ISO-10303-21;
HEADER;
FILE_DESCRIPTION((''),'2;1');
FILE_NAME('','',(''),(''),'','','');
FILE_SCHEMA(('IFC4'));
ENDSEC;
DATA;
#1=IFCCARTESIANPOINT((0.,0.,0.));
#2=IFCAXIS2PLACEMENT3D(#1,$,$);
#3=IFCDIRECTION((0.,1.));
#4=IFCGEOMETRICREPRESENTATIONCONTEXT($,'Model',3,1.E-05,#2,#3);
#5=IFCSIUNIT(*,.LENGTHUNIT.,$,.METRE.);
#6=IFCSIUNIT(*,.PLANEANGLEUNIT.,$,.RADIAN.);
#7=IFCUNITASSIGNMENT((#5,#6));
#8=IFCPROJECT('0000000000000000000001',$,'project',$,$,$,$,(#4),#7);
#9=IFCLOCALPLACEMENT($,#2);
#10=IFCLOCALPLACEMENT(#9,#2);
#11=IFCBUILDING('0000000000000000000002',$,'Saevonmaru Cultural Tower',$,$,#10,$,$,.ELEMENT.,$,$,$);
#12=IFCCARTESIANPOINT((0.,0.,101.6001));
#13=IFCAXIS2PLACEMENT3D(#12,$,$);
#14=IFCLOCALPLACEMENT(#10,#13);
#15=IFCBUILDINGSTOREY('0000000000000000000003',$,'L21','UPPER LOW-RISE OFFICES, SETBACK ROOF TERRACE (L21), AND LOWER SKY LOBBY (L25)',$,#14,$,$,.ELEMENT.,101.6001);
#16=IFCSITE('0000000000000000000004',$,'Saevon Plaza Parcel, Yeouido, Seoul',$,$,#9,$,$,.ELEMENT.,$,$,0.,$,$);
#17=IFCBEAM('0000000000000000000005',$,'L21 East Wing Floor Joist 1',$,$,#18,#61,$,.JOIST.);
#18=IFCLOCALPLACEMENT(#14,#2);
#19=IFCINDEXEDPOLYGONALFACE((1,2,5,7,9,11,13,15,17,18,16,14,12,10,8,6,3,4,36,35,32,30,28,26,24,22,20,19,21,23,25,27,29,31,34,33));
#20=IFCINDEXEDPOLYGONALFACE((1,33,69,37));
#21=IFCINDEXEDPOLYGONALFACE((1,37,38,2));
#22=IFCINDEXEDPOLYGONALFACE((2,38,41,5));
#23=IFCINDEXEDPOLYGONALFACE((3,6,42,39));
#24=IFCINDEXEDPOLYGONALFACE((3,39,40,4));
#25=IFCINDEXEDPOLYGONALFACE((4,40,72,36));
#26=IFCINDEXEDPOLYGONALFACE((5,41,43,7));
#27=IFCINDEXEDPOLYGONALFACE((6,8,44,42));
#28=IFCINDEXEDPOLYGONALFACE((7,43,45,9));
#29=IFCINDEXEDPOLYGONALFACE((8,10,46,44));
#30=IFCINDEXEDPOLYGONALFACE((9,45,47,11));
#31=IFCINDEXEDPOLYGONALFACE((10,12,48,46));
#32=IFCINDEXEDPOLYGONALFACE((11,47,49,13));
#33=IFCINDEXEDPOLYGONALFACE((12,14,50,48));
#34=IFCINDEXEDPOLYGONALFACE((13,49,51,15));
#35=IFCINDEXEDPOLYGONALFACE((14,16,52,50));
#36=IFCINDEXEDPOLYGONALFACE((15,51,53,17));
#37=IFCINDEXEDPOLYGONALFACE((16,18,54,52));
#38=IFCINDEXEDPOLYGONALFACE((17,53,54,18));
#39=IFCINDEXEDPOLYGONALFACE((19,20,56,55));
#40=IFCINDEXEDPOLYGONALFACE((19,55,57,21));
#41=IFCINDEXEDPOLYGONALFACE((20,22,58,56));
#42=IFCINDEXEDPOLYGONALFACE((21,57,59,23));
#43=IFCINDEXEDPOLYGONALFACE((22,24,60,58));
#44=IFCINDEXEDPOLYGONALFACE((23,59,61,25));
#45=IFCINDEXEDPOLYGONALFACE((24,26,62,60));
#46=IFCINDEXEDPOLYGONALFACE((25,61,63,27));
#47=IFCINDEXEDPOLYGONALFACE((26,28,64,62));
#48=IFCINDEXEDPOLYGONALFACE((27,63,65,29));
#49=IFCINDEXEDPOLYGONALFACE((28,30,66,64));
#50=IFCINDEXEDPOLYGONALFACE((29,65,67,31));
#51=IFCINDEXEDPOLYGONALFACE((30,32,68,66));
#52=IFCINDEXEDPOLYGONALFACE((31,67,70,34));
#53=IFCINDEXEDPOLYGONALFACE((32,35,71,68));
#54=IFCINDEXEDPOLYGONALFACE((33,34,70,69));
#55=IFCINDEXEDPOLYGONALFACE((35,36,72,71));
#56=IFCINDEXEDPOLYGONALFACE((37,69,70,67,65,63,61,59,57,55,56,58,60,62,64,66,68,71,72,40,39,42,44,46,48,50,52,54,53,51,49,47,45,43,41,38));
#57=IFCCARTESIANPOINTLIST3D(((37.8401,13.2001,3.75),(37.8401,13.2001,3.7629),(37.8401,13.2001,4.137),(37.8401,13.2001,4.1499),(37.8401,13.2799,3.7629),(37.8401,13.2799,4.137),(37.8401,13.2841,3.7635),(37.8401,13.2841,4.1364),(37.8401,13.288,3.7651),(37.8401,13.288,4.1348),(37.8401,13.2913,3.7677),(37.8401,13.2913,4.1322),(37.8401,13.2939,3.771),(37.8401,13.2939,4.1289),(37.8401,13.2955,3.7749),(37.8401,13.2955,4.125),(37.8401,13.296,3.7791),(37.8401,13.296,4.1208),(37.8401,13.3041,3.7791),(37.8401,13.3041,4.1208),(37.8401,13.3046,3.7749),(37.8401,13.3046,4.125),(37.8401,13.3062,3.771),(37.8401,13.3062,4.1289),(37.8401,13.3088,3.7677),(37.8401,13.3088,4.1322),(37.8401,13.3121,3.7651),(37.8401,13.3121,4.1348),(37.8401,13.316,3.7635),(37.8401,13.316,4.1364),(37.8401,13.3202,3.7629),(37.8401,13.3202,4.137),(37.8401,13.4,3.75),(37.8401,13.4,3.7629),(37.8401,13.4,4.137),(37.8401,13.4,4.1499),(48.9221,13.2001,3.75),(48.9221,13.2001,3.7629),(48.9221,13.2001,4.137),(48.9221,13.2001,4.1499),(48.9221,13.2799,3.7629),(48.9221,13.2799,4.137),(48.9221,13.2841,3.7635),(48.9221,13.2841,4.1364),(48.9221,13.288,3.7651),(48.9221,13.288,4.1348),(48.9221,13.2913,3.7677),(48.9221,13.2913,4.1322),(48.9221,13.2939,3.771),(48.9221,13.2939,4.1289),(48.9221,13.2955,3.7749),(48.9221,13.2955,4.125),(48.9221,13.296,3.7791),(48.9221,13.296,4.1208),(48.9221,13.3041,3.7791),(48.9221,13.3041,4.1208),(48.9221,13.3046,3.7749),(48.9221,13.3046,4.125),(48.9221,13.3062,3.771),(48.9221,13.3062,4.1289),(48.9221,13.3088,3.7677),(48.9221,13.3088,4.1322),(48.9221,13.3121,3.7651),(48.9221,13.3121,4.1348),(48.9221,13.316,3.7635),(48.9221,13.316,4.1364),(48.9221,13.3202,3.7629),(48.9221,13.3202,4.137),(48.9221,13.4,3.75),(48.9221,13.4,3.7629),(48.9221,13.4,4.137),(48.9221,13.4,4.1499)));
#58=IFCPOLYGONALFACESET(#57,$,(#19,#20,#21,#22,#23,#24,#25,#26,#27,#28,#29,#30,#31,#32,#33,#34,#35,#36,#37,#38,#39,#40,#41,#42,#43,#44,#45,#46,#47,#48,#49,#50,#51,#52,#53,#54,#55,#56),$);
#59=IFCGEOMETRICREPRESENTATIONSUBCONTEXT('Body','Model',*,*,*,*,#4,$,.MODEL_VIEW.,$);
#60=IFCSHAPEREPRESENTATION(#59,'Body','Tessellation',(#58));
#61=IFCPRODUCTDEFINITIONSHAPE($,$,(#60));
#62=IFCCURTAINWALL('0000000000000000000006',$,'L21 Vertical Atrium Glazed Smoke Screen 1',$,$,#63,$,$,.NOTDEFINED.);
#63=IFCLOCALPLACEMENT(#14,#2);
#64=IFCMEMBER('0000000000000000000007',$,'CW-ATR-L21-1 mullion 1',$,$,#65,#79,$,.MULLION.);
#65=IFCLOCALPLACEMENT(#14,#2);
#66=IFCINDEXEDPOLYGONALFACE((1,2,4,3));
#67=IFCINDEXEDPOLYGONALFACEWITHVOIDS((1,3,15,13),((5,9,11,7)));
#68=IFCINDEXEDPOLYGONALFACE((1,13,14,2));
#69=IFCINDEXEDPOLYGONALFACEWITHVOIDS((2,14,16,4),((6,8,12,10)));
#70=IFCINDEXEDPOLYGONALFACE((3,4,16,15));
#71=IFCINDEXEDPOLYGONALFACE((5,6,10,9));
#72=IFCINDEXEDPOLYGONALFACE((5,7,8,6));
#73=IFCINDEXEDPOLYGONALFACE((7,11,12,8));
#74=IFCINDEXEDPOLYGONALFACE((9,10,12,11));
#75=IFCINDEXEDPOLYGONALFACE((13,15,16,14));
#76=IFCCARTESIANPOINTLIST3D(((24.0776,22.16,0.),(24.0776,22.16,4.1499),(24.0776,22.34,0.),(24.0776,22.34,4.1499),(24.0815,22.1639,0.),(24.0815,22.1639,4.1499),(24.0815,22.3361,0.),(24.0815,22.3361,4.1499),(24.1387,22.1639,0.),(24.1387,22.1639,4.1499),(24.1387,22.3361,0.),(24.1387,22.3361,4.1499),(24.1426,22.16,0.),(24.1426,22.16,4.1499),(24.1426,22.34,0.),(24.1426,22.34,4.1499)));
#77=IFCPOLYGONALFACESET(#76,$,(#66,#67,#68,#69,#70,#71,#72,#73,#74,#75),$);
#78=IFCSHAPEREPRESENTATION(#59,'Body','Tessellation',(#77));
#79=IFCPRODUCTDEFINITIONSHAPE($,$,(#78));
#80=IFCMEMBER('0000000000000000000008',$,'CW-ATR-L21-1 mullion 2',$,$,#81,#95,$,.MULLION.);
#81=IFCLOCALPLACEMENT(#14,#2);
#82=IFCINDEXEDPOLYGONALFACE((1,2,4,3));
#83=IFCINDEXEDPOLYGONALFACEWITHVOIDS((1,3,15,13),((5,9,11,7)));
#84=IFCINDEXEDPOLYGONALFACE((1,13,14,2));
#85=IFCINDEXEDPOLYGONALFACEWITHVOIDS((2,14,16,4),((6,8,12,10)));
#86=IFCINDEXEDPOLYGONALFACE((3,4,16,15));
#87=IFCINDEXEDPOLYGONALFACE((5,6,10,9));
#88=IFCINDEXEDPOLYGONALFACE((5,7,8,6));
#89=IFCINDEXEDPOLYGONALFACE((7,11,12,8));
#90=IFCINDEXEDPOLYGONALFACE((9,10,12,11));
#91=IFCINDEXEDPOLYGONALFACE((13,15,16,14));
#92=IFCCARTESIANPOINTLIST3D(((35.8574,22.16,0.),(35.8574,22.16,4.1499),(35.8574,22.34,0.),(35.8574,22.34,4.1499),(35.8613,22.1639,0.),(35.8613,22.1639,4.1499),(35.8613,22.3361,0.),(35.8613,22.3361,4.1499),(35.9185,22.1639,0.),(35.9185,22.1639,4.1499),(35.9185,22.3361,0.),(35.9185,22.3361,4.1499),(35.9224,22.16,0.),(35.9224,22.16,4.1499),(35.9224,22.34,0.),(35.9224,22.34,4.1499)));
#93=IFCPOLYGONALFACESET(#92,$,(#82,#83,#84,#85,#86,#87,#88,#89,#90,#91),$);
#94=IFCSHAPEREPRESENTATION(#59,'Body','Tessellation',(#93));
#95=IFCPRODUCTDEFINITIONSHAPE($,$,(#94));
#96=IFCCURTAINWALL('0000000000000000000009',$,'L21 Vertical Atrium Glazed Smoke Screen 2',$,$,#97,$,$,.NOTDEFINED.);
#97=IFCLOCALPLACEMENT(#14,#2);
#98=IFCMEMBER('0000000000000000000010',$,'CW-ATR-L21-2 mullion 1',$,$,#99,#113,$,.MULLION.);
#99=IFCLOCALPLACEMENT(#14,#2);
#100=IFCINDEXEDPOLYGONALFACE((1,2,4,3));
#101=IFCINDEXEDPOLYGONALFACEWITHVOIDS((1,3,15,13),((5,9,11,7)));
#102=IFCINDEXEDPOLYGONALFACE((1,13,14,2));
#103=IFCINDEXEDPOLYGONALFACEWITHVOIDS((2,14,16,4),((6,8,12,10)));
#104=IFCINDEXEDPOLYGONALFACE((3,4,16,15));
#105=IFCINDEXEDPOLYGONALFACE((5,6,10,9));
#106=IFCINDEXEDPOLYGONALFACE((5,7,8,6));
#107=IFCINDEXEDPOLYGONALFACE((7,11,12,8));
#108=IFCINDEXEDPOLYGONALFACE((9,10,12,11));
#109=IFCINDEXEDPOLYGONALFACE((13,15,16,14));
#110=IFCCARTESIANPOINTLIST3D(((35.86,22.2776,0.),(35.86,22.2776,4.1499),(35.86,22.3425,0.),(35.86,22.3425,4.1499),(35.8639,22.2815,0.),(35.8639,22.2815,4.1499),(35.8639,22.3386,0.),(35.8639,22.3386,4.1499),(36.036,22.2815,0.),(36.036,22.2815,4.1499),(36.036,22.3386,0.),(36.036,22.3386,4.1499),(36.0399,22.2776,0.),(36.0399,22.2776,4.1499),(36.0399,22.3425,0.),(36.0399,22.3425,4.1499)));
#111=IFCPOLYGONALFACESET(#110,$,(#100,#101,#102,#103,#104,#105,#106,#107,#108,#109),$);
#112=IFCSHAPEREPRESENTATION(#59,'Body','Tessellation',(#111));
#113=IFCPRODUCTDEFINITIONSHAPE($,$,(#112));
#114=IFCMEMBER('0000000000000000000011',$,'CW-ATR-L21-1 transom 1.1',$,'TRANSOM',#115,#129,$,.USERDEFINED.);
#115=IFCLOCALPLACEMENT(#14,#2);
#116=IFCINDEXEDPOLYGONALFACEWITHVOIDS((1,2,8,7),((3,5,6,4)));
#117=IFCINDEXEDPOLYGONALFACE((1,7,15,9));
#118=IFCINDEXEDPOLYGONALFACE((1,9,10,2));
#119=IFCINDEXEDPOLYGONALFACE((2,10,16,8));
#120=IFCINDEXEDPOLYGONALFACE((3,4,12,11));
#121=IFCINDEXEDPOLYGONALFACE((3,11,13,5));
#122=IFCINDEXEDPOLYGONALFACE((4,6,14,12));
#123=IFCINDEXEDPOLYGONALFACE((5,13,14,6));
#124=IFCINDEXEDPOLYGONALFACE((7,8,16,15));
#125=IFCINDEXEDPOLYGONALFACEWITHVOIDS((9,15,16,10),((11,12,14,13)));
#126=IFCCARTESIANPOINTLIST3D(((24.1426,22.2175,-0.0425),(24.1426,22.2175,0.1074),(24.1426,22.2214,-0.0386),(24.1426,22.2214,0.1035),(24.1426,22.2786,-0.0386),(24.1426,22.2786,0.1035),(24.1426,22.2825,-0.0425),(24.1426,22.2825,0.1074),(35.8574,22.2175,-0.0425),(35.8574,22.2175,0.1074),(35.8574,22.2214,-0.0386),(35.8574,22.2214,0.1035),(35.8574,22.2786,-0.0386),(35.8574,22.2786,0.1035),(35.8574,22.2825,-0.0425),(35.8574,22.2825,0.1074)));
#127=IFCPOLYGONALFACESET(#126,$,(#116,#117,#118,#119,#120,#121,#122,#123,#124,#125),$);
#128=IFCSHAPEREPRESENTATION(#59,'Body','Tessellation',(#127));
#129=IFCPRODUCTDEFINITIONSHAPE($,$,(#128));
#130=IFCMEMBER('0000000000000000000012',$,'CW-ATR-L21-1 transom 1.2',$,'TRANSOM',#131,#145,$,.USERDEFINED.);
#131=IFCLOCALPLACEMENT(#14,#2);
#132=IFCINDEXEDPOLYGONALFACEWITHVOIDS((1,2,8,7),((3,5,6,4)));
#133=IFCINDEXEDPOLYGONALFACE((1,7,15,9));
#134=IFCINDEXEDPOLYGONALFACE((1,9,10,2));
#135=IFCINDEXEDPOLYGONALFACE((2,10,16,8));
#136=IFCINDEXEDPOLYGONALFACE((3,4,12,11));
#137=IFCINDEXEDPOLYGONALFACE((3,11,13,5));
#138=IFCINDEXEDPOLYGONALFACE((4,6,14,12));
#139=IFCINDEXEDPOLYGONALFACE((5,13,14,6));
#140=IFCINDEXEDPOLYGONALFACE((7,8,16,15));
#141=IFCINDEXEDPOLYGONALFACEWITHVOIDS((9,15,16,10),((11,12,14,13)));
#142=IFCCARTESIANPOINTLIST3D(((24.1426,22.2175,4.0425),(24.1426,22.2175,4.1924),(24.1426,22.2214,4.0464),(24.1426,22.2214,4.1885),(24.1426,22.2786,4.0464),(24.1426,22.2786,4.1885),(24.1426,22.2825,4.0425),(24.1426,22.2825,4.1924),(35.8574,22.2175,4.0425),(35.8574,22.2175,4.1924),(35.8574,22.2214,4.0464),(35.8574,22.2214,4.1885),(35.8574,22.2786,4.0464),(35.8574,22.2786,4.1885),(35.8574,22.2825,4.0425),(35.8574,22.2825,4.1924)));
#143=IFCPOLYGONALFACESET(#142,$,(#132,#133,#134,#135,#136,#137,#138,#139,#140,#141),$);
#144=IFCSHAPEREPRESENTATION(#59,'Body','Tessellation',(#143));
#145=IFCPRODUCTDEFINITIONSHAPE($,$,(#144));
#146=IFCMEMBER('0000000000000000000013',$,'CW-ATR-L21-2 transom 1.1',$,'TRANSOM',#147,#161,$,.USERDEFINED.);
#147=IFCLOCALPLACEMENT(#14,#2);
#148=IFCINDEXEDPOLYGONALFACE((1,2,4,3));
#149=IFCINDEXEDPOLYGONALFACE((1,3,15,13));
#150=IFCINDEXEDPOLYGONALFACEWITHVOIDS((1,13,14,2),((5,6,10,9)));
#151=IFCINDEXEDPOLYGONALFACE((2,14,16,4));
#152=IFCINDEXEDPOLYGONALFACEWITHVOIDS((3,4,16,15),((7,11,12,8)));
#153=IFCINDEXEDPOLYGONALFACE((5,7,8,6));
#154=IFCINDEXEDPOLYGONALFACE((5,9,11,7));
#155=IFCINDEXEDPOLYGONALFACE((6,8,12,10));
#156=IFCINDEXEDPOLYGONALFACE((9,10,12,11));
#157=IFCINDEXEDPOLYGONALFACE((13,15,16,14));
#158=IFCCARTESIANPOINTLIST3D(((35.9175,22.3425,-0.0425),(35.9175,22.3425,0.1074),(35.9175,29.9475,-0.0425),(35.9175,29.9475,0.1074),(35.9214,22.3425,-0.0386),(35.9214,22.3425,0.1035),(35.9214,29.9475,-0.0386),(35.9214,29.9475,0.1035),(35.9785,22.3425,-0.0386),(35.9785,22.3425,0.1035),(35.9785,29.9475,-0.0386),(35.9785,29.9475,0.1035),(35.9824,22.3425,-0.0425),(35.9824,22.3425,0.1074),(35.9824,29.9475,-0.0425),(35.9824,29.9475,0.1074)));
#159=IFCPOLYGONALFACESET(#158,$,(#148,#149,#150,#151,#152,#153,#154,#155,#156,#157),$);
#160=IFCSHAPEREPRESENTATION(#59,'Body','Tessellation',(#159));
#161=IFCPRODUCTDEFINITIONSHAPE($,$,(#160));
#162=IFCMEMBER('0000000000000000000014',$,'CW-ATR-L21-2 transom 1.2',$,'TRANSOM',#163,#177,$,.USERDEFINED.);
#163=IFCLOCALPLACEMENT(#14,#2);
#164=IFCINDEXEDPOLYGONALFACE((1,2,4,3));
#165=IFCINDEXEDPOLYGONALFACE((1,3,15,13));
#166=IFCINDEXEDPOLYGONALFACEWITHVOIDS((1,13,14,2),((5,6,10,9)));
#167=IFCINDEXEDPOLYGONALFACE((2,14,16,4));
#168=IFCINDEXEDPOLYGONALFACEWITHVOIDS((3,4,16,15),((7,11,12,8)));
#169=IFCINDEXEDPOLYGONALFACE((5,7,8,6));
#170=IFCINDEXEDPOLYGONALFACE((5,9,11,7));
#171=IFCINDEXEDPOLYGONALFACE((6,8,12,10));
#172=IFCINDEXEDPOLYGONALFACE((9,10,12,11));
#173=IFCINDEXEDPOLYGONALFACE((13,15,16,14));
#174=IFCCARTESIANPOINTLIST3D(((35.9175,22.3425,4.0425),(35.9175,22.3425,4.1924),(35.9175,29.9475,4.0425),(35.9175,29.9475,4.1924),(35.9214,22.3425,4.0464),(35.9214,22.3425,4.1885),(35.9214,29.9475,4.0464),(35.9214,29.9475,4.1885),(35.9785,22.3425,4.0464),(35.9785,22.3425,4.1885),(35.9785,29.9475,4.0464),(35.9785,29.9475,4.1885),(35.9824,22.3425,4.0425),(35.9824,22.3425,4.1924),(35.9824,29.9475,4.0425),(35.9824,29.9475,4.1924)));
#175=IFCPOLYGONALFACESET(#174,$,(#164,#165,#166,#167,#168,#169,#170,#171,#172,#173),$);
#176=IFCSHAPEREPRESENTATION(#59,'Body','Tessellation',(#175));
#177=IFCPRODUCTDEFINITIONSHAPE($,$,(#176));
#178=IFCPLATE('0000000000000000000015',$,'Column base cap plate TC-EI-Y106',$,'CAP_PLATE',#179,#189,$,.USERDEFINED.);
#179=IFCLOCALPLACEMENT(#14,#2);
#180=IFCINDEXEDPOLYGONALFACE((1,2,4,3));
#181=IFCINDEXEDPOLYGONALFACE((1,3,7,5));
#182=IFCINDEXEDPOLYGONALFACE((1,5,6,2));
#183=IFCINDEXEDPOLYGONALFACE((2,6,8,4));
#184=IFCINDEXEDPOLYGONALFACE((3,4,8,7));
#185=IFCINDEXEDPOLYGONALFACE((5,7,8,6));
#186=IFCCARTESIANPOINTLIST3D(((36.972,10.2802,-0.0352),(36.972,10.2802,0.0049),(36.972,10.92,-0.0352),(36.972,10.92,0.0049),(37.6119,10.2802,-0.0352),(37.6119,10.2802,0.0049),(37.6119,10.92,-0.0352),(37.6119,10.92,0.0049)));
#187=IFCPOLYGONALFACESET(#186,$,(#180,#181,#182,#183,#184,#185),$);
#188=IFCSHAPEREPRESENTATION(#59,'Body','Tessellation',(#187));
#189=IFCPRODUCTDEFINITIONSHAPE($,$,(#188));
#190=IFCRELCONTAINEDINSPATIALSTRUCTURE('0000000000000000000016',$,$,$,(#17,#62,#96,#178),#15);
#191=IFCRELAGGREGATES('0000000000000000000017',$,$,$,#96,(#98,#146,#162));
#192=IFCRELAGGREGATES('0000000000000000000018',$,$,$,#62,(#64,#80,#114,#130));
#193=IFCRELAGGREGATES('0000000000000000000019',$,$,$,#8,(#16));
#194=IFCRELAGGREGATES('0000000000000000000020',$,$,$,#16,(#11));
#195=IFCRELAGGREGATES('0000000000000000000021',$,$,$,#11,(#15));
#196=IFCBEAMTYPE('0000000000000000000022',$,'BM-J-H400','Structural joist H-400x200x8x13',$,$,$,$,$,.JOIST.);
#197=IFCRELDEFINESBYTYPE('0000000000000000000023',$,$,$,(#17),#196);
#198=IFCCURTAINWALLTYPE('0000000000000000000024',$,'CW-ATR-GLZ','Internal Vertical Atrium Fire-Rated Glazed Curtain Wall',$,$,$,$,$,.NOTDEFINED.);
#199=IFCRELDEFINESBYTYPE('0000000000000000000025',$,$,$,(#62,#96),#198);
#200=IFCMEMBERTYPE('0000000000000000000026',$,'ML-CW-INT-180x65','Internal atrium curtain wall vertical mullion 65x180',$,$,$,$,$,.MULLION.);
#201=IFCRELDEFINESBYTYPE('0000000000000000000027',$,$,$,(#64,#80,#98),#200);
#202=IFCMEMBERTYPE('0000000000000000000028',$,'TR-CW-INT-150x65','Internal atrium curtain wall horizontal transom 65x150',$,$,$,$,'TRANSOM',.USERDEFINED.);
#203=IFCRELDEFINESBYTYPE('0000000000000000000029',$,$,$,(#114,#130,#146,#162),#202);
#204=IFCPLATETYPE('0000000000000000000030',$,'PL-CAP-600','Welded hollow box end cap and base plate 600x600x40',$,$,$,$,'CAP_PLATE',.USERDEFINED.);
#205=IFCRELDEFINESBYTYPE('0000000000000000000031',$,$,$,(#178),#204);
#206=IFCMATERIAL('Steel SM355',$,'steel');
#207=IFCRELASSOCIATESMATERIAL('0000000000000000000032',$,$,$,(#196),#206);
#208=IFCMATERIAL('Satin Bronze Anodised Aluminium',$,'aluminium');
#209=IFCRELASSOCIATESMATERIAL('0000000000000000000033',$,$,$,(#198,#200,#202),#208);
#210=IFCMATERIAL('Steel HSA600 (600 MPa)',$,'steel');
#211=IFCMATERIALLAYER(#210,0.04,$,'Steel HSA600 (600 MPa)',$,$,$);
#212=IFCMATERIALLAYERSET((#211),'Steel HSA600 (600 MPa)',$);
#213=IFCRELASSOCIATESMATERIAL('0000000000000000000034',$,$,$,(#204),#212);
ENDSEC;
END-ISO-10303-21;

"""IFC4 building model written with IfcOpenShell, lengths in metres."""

from ifc_helpers import new_model, si_unit, direction, frame, origin, origin_2d, place, context, subcontext, project, spatial, rectangle, hollow_rectangle, i_section, extrude, material, layer, layer_set, material_profile, profile_set, type_object, element, aggregate, save


model = new_model("IFC4")

# Units and contexts
model_context = context("Model", 3, precision=1e-05, world=origin(), true_north=direction((0.0, 1.0)))
body_context = subcontext(model_context, "Body", "Model", "MODEL_VIEW")
ifc_project = project(units=[si_unit("LENGTHUNIT", "METRE"), si_unit("PLANEANGLEUNIT", "RADIAN")], contexts=[model_context])

# Site, building, storey
site_placement = place(None, origin())
site = spatial("IfcSite", under=ifc_project, at=site_placement, Name="Saevon Plaza Parcel, Yeouido, Seoul", CompositionType="ELEMENT", RefElevation=0.0)
building_placement = place(site_placement, origin())
building = spatial("IfcBuilding", under=site, at=building_placement, Name="Saevonmaru Cultural Tower", CompositionType="ELEMENT")
storey_placement = place(building_placement, frame((0.0, 0.0, 101.6001)))
storey = spatial("IfcBuildingStorey", under=building, at=storey_placement, Name="L21", Description="UPPER LOW-RISE OFFICES, SETBACK ROOF TERRACE (L21), AND LOWER SKY LOBBY (L25)", CompositionType="ELEMENT", Elevation=101.6001)

# Shared definitions
ifc_material_1 = material(Name="Steel SM355", Category="steel")

# Beam
ifc_material_profile_1 = material_profile(ifc_material_1, i_section(OverallWidth=0.2, OverallDepth=0.3999, WebThickness=0.0081, FlangeThickness=0.0129, FilletRadius=0.0161, at=origin_2d()), Name="H-400x200x8x13")
ifc_profile_set_1 = profile_set([ifc_material_profile_1], Name="Steel SM355")
beam_type_1 = type_object("IfcBeamType", Name="BM-J-H400", Description="Structural joist H-400x200x8x13", PredefinedType="JOIST", material=ifc_profile_set_1)
beam_1_placement = place(storey_placement, frame((37.8401, 13.3, 3.95), z_axis=(1.0, 0.0, 0.0), x_axis=(0.0, 1.0, 0.0)))
element("IfcBeam", 1, at=beam_1_placement, inside=storey, type_object=beam_type_1, Name="L21 East Wing Floor Joist 1", PredefinedType="JOIST", context=body_context, shape_type="SweptSolid", body=[
    extrude(i_section(OverallWidth=0.2, OverallDepth=0.3999, WebThickness=0.0081, FlangeThickness=0.0129, FilletRadius=0.0161, at=origin_2d()), origin(), (0.0, 0.0, 1.0), 11.082),
])

# Curtain wall, members
ifc_material_2 = material(Name="Satin Bronze Anodised Aluminium", Category="aluminium")
curtain_wall_type = type_object("IfcCurtainWallType", Name="CW-ATR-GLZ", Description="Internal Vertical Atrium Fire-Rated Glazed Curtain Wall", PredefinedType="NOTDEFINED", material=ifc_material_2)
curtain_wall_1_placement = place(storey_placement, origin())
curtain_wall_1 = element("IfcCurtainWall", 2, at=curtain_wall_1_placement, inside=storey, type_object=curtain_wall_type, Name="L21 Vertical Atrium Glazed Smoke Screen 1", PredefinedType="NOTDEFINED")
ifc_material_profile_2 = material_profile(ifc_material_2, hollow_rectangle(XDim=0.0649, YDim=0.1799, WallThickness=0.0039, at=origin_2d()), Name="ALU-MULL-180x65x4")
ifc_profile_set_2 = profile_set([ifc_material_profile_2], Name="Satin Bronze Anodised Aluminium")
member_type_1 = type_object("IfcMemberType", Name="ML-CW-INT-180x65", Description="Internal atrium curtain wall vertical mullion 65x180", PredefinedType="MULLION", material=ifc_profile_set_2)
member_1_placement = place(storey_placement, frame((24.1101, 22.25, 0.0), z_axis=(0.0, 0.0, 1.0), x_axis=(1.0, 0.0, 0.0)))
member_1 = element("IfcMember", 3, at=member_1_placement, type_object=member_type_1, Name="CW-ATR-L21-1 mullion 1", PredefinedType="MULLION", context=body_context, shape_type="SweptSolid", body=[
    extrude(hollow_rectangle(XDim=0.0649, YDim=0.1799, WallThickness=0.0039, at=origin_2d()), origin(), (0.0, 0.0, 1.0), 4.1499),
])
member_2_placement = place(storey_placement, frame((35.8899, 22.25, 0.0), z_axis=(0.0, 0.0, 1.0), x_axis=(1.0, 0.0, 0.0)))
member_2 = element("IfcMember", 4, at=member_2_placement, type_object=member_type_1, Name="CW-ATR-L21-1 mullion 2", PredefinedType="MULLION", context=body_context, shape_type="SweptSolid", body=[
    extrude(hollow_rectangle(XDim=0.0649, YDim=0.1799, WallThickness=0.0039, at=origin_2d()), origin(), (0.0, 0.0, 1.0), 4.1499),
])

# Curtain wall, member
curtain_wall_2_placement = place(storey_placement, origin())
curtain_wall_2 = element("IfcCurtainWall", 5, at=curtain_wall_2_placement, inside=storey, type_object=curtain_wall_type, Name="L21 Vertical Atrium Glazed Smoke Screen 2", PredefinedType="NOTDEFINED")
member_3_placement = place(storey_placement, frame((35.95, 22.3101, 0.0), z_axis=(0.0, 0.0, 1.0), x_axis=(0.0, 1.0, 0.0)))
member_3 = element("IfcMember", 6, at=member_3_placement, type_object=member_type_1, Name="CW-ATR-L21-2 mullion 1", PredefinedType="MULLION", context=body_context, shape_type="SweptSolid", body=[
    extrude(hollow_rectangle(XDim=0.0649, YDim=0.1799, WallThickness=0.0039, at=origin_2d()), origin(), (0.0, 0.0, 1.0), 4.1499),
])

# Members
ifc_material_profile_3 = material_profile(ifc_material_2, hollow_rectangle(XDim=0.0649, YDim=0.1499, WallThickness=0.0039, at=origin_2d()), Name="ALU-TRAN-150x65x4")
ifc_profile_set_3 = profile_set([ifc_material_profile_3], Name="Satin Bronze Anodised Aluminium")
member_type_2 = type_object("IfcMemberType", Name="TR-CW-INT-150x65", Description="Internal atrium curtain wall horizontal transom 65x150", ElementType="TRANSOM", PredefinedType="USERDEFINED", material=ifc_profile_set_3)
member_4_placement = place(storey_placement, frame((24.1426, 22.25, 0.0325), z_axis=(1.0, 0.0, 0.0), x_axis=(0.0, 1.0, 0.0)))
member_4 = element("IfcMember", 7, at=member_4_placement, type_object=member_type_2, Name="CW-ATR-L21-1 transom 1.1", ObjectType="TRANSOM", PredefinedType="USERDEFINED", context=body_context, shape_type="SweptSolid", body=[
    extrude(hollow_rectangle(XDim=0.0649, YDim=0.1499, WallThickness=0.0039, at=origin_2d()), origin(), (0.0, 0.0, 1.0), 11.7148),
])
member_5_placement = place(storey_placement, frame((24.1426, 22.25, 4.1174), z_axis=(1.0, 0.0, 0.0), x_axis=(0.0, 1.0, 0.0)))
member_5 = element("IfcMember", 8, at=member_5_placement, type_object=member_type_2, Name="CW-ATR-L21-1 transom 1.2", ObjectType="TRANSOM", PredefinedType="USERDEFINED", context=body_context, shape_type="SweptSolid", body=[
    extrude(hollow_rectangle(XDim=0.0649, YDim=0.1499, WallThickness=0.0039, at=origin_2d()), origin(), (0.0, 0.0, 1.0), 11.7148),
])
member_6_placement = place(storey_placement, frame((35.95, 22.3425, 0.0325), z_axis=(0.0, 1.0, 0.0), x_axis=(-1.0, 0.0, 0.0)))
member_6 = element("IfcMember", 9, at=member_6_placement, type_object=member_type_2, Name="CW-ATR-L21-2 transom 1.1", ObjectType="TRANSOM", PredefinedType="USERDEFINED", context=body_context, shape_type="SweptSolid", body=[
    extrude(hollow_rectangle(XDim=0.0649, YDim=0.1499, WallThickness=0.0039, at=origin_2d()), origin(), (0.0, 0.0, 1.0), 7.605),
])
member_7_placement = place(storey_placement, frame((35.95, 22.3425, 4.1174), z_axis=(0.0, 1.0, 0.0), x_axis=(-1.0, 0.0, 0.0)))
member_7 = element("IfcMember", 10, at=member_7_placement, type_object=member_type_2, Name="CW-ATR-L21-2 transom 1.2", ObjectType="TRANSOM", PredefinedType="USERDEFINED", context=body_context, shape_type="SweptSolid", body=[
    extrude(hollow_rectangle(XDim=0.0649, YDim=0.1499, WallThickness=0.0039, at=origin_2d()), origin(), (0.0, 0.0, 1.0), 7.605),
])
aggregate(curtain_wall_2, [member_3, member_6, member_7])

# Plate
ifc_material_3 = material(Name="Steel HSA600 (600 MPa)", Category="steel")
ifc_layer_1 = layer(ifc_material_3, 0.04, Name="Steel HSA600 (600 MPa)")
ifc_layer_set_1 = layer_set([ifc_layer_1], Name="Steel HSA600 (600 MPa)")
plate_type_1 = type_object("IfcPlateType", Name="PL-CAP-600", Description="Welded hollow box end cap and base plate 600x600x40", ElementType="CAP_PLATE", PredefinedType="USERDEFINED", material=ifc_layer_set_1)
plate_1_placement = place(storey_placement, frame((37.292, 10.6001, -0.0352), z_axis=(0.0, 0.0, 1.0), x_axis=(1.0, 0.0, 0.0)))
element("IfcPlate", 11, at=plate_1_placement, inside=storey, type_object=plate_type_1, Name="Column base cap plate TC-EI-Y106", ObjectType="CAP_PLATE", PredefinedType="USERDEFINED", context=body_context, shape_type="SweptSolid", body=[
    extrude(rectangle(XDim=0.6399, YDim=0.6399, at=origin_2d()), origin(), (0.0, 0.0, 1.0), 0.04),
])
aggregate(curtain_wall_1, [member_1, member_2, member_4, member_5])

save(model, "model.ifc")
